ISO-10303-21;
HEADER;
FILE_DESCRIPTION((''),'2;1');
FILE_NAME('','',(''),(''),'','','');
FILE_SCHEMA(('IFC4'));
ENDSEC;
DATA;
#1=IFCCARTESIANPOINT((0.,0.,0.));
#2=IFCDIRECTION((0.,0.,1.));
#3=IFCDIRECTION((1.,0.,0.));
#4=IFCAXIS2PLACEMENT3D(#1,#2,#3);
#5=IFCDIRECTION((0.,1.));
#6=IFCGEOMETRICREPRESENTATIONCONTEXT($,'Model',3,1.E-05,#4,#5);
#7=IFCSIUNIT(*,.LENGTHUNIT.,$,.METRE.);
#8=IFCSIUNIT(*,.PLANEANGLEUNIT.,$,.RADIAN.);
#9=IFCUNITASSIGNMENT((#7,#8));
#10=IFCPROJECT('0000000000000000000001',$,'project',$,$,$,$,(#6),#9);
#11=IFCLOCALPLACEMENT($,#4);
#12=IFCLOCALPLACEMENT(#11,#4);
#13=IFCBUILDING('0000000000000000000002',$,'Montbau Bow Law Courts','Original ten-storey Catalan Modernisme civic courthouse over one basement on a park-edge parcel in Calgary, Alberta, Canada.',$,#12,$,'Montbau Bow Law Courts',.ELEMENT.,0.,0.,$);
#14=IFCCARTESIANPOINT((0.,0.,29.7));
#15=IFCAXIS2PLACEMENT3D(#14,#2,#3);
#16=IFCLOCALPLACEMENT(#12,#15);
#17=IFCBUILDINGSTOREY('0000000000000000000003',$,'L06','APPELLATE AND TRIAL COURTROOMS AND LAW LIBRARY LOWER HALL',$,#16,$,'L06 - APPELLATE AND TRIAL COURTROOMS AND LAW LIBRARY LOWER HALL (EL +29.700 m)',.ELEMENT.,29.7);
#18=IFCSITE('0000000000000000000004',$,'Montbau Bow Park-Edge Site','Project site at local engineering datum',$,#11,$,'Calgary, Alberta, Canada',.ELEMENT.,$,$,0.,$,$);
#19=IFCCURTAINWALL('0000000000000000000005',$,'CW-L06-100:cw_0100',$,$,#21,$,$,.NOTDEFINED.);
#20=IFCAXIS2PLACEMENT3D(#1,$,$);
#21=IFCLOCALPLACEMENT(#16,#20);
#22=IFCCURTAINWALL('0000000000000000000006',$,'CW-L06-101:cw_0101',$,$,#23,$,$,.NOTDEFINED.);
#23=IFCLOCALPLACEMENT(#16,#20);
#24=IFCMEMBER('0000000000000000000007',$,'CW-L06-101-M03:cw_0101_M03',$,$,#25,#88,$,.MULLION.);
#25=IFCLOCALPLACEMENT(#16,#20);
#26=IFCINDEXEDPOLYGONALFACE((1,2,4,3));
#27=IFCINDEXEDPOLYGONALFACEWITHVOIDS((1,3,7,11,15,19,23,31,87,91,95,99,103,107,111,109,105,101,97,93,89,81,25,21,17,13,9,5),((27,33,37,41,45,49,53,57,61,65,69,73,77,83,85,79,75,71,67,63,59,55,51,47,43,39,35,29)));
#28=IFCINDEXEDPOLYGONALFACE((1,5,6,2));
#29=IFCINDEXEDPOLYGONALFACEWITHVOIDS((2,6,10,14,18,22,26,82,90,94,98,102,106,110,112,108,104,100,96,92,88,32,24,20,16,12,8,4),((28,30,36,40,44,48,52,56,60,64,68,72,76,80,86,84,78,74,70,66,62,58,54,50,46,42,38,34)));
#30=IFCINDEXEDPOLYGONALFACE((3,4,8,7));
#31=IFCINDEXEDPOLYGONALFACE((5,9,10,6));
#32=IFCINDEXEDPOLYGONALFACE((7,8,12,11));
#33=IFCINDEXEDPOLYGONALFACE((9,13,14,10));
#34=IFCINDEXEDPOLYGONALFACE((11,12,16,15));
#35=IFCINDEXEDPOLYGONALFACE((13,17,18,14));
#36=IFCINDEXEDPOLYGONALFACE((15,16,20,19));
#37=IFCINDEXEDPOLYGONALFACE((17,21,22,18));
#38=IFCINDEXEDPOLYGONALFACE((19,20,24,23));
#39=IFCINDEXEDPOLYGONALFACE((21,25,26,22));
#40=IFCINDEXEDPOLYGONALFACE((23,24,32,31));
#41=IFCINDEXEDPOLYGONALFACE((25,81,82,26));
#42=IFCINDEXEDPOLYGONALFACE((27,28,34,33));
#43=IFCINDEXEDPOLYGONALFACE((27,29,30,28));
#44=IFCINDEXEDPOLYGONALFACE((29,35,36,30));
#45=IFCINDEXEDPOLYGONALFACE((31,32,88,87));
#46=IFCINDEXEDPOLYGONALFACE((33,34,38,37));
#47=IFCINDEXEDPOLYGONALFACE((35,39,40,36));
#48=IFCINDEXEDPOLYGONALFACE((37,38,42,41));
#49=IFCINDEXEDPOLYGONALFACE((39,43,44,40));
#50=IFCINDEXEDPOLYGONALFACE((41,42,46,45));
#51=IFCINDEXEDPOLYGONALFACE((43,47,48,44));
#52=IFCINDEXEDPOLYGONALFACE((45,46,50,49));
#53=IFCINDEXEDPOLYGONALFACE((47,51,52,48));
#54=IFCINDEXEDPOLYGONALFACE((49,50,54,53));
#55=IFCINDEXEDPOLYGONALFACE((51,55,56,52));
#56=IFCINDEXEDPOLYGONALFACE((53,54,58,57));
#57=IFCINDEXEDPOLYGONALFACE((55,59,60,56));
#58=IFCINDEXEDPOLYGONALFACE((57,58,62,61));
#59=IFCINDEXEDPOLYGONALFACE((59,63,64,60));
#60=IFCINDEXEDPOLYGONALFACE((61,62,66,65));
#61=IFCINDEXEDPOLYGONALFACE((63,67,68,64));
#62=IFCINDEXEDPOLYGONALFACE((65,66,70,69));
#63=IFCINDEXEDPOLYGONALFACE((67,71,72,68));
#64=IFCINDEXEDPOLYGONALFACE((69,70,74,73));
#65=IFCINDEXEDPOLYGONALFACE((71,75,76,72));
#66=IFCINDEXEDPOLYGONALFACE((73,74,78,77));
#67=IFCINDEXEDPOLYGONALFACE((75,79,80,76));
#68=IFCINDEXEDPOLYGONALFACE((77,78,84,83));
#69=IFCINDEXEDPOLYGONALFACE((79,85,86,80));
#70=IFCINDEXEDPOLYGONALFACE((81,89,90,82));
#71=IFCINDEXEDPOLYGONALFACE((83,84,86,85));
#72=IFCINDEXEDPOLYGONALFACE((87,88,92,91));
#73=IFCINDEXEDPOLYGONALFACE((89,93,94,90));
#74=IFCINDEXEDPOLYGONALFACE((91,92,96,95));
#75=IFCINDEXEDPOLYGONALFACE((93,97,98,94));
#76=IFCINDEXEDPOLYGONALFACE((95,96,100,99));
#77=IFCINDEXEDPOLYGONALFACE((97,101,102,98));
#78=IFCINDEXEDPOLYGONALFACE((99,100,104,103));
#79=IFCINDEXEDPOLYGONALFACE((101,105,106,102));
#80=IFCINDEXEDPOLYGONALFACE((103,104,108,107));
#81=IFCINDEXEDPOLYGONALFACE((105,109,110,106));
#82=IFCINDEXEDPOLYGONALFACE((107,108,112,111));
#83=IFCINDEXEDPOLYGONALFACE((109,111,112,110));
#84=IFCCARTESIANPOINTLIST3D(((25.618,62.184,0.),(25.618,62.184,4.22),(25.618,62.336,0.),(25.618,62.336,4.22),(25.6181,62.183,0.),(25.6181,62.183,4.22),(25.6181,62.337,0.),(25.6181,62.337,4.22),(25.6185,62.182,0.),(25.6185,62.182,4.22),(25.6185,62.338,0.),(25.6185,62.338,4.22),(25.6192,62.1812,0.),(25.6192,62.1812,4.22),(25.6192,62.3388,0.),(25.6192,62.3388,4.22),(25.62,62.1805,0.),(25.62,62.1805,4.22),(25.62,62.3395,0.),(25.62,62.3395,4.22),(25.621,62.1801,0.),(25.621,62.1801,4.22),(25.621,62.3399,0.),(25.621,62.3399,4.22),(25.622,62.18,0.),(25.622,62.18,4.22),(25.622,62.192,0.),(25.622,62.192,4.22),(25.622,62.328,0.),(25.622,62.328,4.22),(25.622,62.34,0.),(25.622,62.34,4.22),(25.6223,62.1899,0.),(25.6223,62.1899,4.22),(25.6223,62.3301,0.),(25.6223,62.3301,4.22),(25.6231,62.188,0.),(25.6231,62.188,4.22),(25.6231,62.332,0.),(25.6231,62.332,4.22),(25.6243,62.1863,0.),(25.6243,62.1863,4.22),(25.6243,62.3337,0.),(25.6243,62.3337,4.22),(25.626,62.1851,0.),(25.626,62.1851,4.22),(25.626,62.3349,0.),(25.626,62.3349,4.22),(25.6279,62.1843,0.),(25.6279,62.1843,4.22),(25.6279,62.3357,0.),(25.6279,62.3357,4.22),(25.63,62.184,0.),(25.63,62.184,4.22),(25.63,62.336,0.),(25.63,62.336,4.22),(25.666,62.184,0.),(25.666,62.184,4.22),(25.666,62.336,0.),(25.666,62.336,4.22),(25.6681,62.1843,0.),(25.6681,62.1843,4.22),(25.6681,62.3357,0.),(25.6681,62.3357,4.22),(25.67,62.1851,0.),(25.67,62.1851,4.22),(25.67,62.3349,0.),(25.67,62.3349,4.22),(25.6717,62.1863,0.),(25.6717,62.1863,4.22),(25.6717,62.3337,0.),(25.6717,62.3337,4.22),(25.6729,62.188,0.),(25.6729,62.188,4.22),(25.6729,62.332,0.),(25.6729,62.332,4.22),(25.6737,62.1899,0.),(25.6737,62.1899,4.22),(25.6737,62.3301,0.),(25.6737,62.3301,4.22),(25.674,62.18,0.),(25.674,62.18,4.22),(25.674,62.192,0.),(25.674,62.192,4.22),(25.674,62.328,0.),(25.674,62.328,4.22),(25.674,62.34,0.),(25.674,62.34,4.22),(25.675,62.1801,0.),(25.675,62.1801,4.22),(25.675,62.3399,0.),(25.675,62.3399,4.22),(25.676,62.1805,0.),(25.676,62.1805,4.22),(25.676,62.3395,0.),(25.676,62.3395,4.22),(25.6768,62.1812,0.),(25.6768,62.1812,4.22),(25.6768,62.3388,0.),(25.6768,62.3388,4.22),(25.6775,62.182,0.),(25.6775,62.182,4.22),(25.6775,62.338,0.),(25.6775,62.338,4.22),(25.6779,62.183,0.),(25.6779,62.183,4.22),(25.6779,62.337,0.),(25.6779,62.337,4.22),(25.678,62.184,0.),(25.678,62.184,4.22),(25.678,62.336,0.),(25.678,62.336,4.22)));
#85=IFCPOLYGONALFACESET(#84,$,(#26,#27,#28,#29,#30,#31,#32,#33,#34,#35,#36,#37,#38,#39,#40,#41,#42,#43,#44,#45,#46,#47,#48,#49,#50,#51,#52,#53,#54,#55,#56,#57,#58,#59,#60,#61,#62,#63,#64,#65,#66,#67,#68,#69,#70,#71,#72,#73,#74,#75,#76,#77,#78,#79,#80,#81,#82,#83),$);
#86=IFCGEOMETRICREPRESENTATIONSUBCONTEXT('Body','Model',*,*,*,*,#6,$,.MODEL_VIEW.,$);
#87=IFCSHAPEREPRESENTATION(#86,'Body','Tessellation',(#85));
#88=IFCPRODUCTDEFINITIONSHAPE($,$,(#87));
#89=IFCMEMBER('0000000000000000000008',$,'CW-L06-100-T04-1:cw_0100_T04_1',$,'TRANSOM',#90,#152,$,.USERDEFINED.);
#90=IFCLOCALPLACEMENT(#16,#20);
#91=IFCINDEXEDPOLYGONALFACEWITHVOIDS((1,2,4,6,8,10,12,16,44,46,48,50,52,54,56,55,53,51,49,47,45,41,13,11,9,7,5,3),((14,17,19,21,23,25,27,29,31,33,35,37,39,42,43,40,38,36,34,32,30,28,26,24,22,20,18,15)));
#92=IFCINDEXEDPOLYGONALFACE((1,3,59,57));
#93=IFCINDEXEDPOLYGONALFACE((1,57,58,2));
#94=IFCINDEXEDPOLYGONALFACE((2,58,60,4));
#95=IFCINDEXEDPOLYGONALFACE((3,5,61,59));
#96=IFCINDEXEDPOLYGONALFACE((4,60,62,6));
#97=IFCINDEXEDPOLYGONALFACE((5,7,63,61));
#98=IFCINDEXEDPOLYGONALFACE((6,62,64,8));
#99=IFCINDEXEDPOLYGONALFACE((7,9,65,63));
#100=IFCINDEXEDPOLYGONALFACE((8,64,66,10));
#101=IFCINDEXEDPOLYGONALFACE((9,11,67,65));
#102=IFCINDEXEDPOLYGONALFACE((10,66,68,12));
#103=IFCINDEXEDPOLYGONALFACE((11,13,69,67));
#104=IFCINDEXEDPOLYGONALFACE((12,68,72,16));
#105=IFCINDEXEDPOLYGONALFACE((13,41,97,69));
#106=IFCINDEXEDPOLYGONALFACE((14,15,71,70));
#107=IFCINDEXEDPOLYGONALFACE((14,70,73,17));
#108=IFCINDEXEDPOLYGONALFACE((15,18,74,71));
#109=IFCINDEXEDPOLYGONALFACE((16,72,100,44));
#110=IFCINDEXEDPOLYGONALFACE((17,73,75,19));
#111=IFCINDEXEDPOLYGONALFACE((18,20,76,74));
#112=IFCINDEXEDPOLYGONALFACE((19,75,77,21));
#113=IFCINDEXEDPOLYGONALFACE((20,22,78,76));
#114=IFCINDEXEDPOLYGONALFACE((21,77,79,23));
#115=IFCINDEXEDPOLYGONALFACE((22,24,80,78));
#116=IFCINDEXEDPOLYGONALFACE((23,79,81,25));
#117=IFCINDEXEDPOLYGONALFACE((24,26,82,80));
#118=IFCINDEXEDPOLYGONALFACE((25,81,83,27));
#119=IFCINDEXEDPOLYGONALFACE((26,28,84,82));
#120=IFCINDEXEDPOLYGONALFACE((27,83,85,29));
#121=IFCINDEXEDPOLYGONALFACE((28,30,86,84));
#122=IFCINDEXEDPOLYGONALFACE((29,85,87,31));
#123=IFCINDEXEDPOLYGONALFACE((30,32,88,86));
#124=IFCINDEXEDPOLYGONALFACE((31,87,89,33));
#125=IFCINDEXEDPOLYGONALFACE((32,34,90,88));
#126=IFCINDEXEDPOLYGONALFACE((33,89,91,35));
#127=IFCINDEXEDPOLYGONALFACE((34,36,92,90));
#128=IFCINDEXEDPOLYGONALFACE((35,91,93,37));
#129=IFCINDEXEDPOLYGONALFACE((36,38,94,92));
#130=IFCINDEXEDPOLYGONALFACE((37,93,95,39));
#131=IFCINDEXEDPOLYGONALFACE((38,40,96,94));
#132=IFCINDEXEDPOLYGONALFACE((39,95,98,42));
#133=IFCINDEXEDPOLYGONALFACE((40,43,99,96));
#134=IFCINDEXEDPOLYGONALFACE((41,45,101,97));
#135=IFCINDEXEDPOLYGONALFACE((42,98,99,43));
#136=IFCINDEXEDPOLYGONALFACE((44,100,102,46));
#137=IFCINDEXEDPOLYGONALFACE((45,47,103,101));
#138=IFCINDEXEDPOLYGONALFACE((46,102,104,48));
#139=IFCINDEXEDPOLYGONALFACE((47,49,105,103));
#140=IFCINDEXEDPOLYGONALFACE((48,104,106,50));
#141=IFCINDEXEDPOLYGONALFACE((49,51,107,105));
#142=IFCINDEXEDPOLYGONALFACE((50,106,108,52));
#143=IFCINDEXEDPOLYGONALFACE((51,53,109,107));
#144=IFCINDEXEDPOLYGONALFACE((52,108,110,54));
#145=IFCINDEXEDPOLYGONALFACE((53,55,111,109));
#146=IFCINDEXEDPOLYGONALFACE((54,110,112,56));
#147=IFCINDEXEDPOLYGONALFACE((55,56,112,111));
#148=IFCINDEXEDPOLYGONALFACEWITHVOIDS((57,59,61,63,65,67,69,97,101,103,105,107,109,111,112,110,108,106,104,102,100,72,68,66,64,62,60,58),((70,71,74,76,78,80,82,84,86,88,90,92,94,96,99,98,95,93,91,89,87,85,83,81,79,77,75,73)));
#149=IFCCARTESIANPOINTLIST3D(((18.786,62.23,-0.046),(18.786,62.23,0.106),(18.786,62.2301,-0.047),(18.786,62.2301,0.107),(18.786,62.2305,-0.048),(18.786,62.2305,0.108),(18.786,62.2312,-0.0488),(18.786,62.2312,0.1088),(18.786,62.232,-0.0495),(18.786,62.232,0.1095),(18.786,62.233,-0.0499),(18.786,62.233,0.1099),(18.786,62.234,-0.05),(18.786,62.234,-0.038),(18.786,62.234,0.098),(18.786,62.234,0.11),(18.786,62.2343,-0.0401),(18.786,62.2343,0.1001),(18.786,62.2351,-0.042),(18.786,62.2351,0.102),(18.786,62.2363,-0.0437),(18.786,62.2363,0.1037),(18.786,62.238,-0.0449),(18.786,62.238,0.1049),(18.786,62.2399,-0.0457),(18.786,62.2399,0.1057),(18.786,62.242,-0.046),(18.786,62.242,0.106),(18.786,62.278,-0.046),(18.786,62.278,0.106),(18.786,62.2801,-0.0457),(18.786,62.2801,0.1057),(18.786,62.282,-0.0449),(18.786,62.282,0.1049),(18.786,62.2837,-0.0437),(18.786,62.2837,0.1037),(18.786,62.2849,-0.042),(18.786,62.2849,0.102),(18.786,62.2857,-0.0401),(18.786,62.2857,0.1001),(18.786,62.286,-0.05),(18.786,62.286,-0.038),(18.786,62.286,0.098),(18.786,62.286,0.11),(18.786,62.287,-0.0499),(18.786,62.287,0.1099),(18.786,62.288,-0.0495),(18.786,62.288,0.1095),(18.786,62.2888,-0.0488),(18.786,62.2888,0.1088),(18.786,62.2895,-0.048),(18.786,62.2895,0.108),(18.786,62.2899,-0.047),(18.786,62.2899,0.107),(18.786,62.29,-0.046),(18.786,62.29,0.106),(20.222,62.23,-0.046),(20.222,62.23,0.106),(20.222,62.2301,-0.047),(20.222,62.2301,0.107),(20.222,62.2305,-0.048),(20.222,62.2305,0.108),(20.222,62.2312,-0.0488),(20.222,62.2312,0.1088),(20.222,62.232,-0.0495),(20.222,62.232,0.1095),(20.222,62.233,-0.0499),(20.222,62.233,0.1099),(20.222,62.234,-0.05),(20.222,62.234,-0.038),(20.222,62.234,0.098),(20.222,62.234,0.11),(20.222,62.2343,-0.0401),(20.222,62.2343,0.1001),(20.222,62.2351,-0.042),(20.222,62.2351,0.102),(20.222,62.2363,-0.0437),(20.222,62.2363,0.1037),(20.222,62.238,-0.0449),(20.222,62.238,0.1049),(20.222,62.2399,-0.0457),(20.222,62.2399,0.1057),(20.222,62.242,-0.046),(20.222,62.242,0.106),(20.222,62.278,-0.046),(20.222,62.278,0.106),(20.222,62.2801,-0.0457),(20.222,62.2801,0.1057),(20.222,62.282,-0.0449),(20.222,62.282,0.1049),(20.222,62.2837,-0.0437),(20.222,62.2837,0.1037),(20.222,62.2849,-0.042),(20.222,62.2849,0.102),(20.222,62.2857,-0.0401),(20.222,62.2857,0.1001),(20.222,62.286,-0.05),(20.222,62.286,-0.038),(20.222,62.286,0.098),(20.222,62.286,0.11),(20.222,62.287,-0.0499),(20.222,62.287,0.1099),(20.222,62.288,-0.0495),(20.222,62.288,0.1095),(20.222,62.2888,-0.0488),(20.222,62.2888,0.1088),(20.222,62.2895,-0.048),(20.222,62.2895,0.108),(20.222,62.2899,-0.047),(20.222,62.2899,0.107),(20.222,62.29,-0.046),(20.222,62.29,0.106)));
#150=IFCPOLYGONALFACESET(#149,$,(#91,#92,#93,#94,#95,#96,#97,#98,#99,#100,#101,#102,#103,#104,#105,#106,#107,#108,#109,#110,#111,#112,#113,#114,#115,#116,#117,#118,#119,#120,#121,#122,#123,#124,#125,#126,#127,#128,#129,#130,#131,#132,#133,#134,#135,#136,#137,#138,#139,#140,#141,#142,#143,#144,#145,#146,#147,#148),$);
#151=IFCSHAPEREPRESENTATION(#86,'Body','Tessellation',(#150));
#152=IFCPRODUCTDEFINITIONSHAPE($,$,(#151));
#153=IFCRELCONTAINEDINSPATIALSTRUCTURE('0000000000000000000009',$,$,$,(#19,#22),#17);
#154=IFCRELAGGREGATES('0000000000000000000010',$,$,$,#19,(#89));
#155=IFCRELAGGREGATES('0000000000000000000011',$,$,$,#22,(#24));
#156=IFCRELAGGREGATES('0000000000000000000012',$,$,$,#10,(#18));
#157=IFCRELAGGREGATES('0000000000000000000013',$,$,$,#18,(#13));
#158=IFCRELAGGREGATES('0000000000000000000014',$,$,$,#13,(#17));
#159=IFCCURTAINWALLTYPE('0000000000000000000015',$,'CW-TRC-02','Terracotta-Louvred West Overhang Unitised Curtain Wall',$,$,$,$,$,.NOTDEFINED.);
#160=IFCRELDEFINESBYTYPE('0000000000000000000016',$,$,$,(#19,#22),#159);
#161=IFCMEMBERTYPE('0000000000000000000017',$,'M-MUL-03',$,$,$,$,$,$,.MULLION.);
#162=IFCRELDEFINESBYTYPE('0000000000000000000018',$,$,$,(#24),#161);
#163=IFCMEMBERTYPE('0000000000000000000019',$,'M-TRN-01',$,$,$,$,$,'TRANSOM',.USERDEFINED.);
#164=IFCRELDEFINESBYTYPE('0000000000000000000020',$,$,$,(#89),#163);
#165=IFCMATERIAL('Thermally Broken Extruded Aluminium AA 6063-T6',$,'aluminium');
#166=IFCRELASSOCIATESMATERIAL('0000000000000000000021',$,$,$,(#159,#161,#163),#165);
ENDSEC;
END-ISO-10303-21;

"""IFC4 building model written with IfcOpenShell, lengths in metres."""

from ifc_helpers import new_model, si_unit, direction, frame, origin_with_axes, origin_2d_with_axis, place, context, subcontext, project, spatial, hollow_rectangle, extrude, material, material_profile, profile_set, type_object, element, aggregate, save


model = new_model("IFC4")

# Units and contexts
model_context = context("Model", 3, precision=1e-05, world=origin_with_axes(), true_north=direction((0.0, 1.0)))
body_context = subcontext(model_context, "Body", "Model", "MODEL_VIEW")
ifc_project = project(units=[si_unit("LENGTHUNIT", "METRE"), si_unit("PLANEANGLEUNIT", "RADIAN")], contexts=[model_context])

# Site, building, storey
site_placement = place(None, origin_with_axes())
site = spatial("IfcSite", under=ifc_project, at=site_placement, Name="Montbau Bow Park-Edge Site", Description="Project site at local engineering datum", LongName="Calgary, Alberta, Canada", CompositionType="ELEMENT", RefElevation=0.0)
building_placement = place(site_placement, origin_with_axes())
building = spatial("IfcBuilding", under=site, at=building_placement, Name="Montbau Bow Law Courts", Description="Original ten-storey Catalan Modernisme civic courthouse over one basement on a park-edge parcel in Calgary, Alberta, Canada.", LongName="Montbau Bow Law Courts", CompositionType="ELEMENT", ElevationOfRefHeight=0.0, ElevationOfTerrain=0.0)
storey_placement = place(building_placement, frame((0.0, 0.0, 29.7), z_axis=(0.0, 0.0, 1.0), x_axis=(1.0, 0.0, 0.0)))
storey = spatial("IfcBuildingStorey", under=building, at=storey_placement, Name="L06", Description="APPELLATE AND TRIAL COURTROOMS AND LAW LIBRARY LOWER HALL", LongName="L06 - APPELLATE AND TRIAL COURTROOMS AND LAW LIBRARY LOWER HALL (EL +29.700 m)", CompositionType="ELEMENT", Elevation=29.7)

# Curtain walls, member
ifc_material_1 = material(Name="Thermally Broken Extruded Aluminium AA 6063-T6", Category="aluminium")
curtain_wall_type = type_object("IfcCurtainWallType", Name="CW-TRC-02", Description="Terracotta-Louvred West Overhang Unitised Curtain Wall", PredefinedType="NOTDEFINED", material=ifc_material_1)
curtain_wall_1_placement = place(None, frame((14.24, 62.26, 29.7), z_axis=(0.0, 0.0, 1.0), x_axis=(1.0, 0.0, 0.0)))
curtain_wall_1 = element("IfcCurtainWall", 1, at=curtain_wall_1_placement, inside=storey, type_object=curtain_wall_type, Name="CW-L06-100:cw_0100", PredefinedType="NOTDEFINED")
curtain_wall_2_placement = place(None, frame((22.64, 62.26, 29.7), z_axis=(0.0, 0.0, 1.0), x_axis=(1.0, 0.0, 0.0)))
curtain_wall_2 = element("IfcCurtainWall", 2, at=curtain_wall_2_placement, inside=storey, type_object=curtain_wall_type, Name="CW-L06-101:cw_0101", PredefinedType="NOTDEFINED")
ifc_material_profile_1 = material_profile(ifc_material_1, hollow_rectangle(XDim=0.06, YDim=0.16, WallThickness=0.004, InnerFilletRadius=0.008, OuterFilletRadius=0.004, at=origin_2d_with_axis()), Name="CWM-160X60", Category="Main", Priority=0)
ifc_profile_set_1 = profile_set([ifc_material_profile_1], Name="Thermally Broken Extruded Aluminium AA 6063-T6")
member_type_1 = type_object("IfcMemberType", Name="M-MUL-03", PredefinedType="MULLION", material=ifc_profile_set_1)
member_1_placement = place(None, frame((25.648, 62.26, 29.7), z_axis=(0.0, 0.0, 1.0), x_axis=(1.0, 0.0, 0.0)))
member_1 = element("IfcMember", 3, at=member_1_placement, type_object=member_type_1, Name="CW-L06-101-M03:cw_0101_M03", PredefinedType="MULLION", context=body_context, shape_type="SweptSolid", body=[
    extrude(hollow_rectangle(XDim=0.06, YDim=0.16, WallThickness=0.004, InnerFilletRadius=0.008, OuterFilletRadius=0.004, at=origin_2d_with_axis()), origin_with_axes(), (0.0, 0.0, 1.0), 4.22),
])

# Member
ifc_material_profile_2 = material_profile(ifc_material_1, hollow_rectangle(XDim=0.06, YDim=0.16, WallThickness=0.004, InnerFilletRadius=0.008, OuterFilletRadius=0.004, at=origin_2d_with_axis()), Name="CWT-160X60", Category="Main", Priority=0)
ifc_profile_set_2 = profile_set([ifc_material_profile_2], Name="Thermally Broken Extruded Aluminium AA 6063-T6")
member_type_2 = type_object("IfcMemberType", Name="M-TRN-01", ElementType="TRANSOM", PredefinedType="USERDEFINED", material=ifc_profile_set_2)
member_2_placement = place(None, frame((18.786, 62.26, 29.73), z_axis=(1.0, 0.0, 0.0), x_axis=(0.0, 1.0, 0.0)))
member_2 = element("IfcMember", 4, at=member_2_placement, type_object=member_type_2, Name="CW-L06-100-T04-1:cw_0100_T04_1", ObjectType="TRANSOM", PredefinedType="USERDEFINED", context=body_context, shape_type="SweptSolid", body=[
    extrude(hollow_rectangle(XDim=0.06, YDim=0.16, WallThickness=0.004, InnerFilletRadius=0.008, OuterFilletRadius=0.004, at=origin_2d_with_axis()), origin_with_axes(), (0.0, 0.0, 1.0), 1.436),
])

aggregate(curtain_wall_1, [member_2])
aggregate(curtain_wall_2, [member_1])

save(model, "model.ifc")
